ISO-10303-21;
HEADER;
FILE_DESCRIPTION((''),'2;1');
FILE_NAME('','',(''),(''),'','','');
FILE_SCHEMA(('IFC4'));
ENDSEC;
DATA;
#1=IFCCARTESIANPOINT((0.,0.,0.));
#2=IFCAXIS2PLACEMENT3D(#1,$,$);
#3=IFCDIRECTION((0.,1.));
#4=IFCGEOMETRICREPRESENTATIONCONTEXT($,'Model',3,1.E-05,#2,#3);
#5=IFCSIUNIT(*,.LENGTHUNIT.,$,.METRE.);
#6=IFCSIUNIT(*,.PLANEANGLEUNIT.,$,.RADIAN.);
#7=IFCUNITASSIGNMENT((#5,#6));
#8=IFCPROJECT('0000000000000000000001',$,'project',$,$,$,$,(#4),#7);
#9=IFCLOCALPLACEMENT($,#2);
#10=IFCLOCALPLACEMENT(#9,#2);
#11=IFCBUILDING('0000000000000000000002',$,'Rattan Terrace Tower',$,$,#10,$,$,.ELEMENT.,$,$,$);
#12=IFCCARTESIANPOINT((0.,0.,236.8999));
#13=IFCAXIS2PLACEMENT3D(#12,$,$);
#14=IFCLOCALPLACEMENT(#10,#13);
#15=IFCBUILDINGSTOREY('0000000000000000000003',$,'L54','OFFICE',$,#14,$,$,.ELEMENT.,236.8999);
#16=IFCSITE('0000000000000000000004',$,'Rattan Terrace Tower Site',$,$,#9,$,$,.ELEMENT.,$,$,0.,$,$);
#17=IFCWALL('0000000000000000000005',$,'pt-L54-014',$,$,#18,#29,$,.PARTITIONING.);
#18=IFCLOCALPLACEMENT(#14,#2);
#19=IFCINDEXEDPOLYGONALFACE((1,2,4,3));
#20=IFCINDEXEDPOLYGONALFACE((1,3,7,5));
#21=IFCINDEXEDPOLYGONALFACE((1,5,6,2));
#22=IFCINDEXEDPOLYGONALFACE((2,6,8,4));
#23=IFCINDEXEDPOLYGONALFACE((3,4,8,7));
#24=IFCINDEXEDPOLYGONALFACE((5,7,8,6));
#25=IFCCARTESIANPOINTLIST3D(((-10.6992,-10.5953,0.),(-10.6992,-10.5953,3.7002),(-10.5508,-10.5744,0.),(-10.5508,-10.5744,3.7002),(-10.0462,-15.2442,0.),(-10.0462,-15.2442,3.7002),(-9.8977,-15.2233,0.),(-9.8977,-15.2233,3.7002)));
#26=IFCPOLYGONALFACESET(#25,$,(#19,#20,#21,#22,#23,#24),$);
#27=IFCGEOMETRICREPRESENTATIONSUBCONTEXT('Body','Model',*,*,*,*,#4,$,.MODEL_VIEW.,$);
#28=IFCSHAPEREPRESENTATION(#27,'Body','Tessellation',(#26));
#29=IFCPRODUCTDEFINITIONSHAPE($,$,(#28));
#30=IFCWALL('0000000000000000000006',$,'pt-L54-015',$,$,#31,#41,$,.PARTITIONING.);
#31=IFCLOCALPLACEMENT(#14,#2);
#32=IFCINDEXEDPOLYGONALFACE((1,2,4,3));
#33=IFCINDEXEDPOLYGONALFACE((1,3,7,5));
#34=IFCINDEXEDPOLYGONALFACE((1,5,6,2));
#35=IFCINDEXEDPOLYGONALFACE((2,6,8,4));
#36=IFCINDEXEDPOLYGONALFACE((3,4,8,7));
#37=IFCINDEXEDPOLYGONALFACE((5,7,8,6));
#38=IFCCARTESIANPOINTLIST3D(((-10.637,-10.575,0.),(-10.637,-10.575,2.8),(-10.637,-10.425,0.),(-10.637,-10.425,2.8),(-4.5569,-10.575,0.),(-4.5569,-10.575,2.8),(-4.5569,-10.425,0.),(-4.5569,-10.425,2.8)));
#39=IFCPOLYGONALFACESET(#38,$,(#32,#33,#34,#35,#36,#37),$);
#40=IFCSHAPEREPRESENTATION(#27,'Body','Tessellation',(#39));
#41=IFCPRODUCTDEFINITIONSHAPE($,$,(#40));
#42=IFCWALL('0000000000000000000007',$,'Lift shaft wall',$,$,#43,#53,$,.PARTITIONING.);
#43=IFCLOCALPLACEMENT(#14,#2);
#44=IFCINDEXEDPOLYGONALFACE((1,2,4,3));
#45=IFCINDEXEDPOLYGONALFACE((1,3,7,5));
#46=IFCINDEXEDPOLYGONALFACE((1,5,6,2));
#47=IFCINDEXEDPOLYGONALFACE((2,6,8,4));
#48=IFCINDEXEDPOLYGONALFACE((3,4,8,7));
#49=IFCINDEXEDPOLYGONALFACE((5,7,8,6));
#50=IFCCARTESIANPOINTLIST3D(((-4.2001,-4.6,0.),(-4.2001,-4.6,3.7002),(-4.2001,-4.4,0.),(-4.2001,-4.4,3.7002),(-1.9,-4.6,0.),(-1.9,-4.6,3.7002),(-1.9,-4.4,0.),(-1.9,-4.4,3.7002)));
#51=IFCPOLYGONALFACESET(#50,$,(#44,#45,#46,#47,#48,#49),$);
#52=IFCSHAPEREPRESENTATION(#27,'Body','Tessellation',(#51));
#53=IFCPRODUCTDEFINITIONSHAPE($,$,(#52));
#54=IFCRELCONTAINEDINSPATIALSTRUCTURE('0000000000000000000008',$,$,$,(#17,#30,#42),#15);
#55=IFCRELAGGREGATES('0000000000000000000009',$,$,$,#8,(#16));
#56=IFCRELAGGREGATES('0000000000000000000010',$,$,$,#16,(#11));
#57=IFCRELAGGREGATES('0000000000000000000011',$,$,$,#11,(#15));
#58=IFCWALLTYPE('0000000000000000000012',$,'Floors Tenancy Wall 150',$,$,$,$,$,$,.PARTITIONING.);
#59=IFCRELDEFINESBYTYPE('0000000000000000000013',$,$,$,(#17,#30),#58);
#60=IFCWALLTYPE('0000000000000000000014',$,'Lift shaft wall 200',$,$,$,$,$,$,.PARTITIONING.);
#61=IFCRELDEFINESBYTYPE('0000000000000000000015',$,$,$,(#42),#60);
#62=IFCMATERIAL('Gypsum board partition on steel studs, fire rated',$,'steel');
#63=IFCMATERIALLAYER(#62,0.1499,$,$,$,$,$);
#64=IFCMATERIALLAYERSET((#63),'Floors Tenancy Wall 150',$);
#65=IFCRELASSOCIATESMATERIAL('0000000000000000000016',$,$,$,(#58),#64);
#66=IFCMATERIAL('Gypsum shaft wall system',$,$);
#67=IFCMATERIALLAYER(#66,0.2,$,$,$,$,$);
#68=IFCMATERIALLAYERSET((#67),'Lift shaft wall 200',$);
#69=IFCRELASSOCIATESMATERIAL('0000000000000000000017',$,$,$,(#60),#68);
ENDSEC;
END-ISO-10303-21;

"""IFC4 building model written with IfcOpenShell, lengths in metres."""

from ifc_helpers import new_model, si_unit, direction, frame, frame_2d, origin, place, context, subcontext, project, spatial, rectangle, extrude, material, layer, layer_set, type_object, element, save


model = new_model("IFC4")

# Units and contexts
model_context = context("Model", 3, precision=1e-05, world=origin(), true_north=direction((0.0, 1.0)))
body_context = subcontext(model_context, "Body", "Model", "MODEL_VIEW")
ifc_project = project(units=[si_unit("LENGTHUNIT", "METRE"), si_unit("PLANEANGLEUNIT", "RADIAN")], contexts=[model_context])

# Site, building, storey
site_placement = place(None, origin())
site = spatial("IfcSite", under=ifc_project, at=site_placement, Name="Rattan Terrace Tower Site", CompositionType="ELEMENT", RefElevation=0.0)
building_placement = place(site_placement, origin())
building = spatial("IfcBuilding", under=site, at=building_placement, Name="Rattan Terrace Tower", CompositionType="ELEMENT")
storey_placement = place(building_placement, frame((0.0, 0.0, 236.8999)))
storey = spatial("IfcBuildingStorey", under=building, at=storey_placement, Name="L54", Description="OFFICE", CompositionType="ELEMENT", Elevation=236.8999)

# Shared definitions
ifc_material_1 = material(Name="Gypsum board partition on steel studs, fire rated", Category="steel")
ifc_layer_1 = layer(ifc_material_1, 0.1499)
ifc_layer_set_1 = layer_set([ifc_layer_1], Name="Floors Tenancy Wall 150")
wall_type_1 = type_object("IfcWallType", Name="Floors Tenancy Wall 150", PredefinedType="PARTITIONING", material=ifc_layer_set_1)

# Walls
wall_1_placement = place(storey_placement, frame((-10.625, -10.585, 0.0), z_axis=(0.0, 0.0, 1.0), x_axis=(0.139113, -0.990277, 0.0)))
element("IfcWall", 1, at=wall_1_placement, inside=storey, type_object=wall_type_1, Name="pt-L54-014", PredefinedType="PARTITIONING", context=body_context, shape_type="SweptSolid", body=[
    extrude(rectangle(XDim=4.6946, YDim=0.1499, at=frame_2d((2.3472, 0.0))), origin(), (0.0, 0.0, 1.0), 3.7002),
])
wall_2_placement = place(storey_placement, frame((-4.5569, -10.5, 0.0), z_axis=(0.0, 0.0, 1.0), x_axis=(-1.0, 0.0, 0.0)))
element("IfcWall", 2, at=wall_2_placement, inside=storey, type_object=wall_type_1, Name="pt-L54-015", PredefinedType="PARTITIONING", context=body_context, shape_type="SweptSolid", body=[
    extrude(rectangle(XDim=6.0801, YDim=0.1499, at=frame_2d((3.04, 0.0))), origin(), (0.0, 0.0, 1.0), 2.8),
])
ifc_material_2 = material(Name="Gypsum shaft wall system")
ifc_layer_2 = layer(ifc_material_2, 0.2)
ifc_layer_set_2 = layer_set([ifc_layer_2], Name="Lift shaft wall 200")
wall_type_2 = type_object("IfcWallType", Name="Lift shaft wall 200", PredefinedType="PARTITIONING", material=ifc_layer_set_2)
wall_3_placement = place(storey_placement, frame((-4.2, -4.5, 0.0), z_axis=(0.0, 0.0, 1.0), x_axis=(1.0, 0.0, 0.0)))
element("IfcWall", 3, at=wall_3_placement, inside=storey, type_object=wall_type_2, Name="Lift shaft wall", PredefinedType="PARTITIONING", context=body_context, shape_type="SweptSolid", body=[
    extrude(rectangle(XDim=2.3, YDim=0.2, at=frame_2d((1.1499, 0.0))), origin(), (0.0, 0.0, 1.0), 3.7002),
])

save(model, "model.ifc")
